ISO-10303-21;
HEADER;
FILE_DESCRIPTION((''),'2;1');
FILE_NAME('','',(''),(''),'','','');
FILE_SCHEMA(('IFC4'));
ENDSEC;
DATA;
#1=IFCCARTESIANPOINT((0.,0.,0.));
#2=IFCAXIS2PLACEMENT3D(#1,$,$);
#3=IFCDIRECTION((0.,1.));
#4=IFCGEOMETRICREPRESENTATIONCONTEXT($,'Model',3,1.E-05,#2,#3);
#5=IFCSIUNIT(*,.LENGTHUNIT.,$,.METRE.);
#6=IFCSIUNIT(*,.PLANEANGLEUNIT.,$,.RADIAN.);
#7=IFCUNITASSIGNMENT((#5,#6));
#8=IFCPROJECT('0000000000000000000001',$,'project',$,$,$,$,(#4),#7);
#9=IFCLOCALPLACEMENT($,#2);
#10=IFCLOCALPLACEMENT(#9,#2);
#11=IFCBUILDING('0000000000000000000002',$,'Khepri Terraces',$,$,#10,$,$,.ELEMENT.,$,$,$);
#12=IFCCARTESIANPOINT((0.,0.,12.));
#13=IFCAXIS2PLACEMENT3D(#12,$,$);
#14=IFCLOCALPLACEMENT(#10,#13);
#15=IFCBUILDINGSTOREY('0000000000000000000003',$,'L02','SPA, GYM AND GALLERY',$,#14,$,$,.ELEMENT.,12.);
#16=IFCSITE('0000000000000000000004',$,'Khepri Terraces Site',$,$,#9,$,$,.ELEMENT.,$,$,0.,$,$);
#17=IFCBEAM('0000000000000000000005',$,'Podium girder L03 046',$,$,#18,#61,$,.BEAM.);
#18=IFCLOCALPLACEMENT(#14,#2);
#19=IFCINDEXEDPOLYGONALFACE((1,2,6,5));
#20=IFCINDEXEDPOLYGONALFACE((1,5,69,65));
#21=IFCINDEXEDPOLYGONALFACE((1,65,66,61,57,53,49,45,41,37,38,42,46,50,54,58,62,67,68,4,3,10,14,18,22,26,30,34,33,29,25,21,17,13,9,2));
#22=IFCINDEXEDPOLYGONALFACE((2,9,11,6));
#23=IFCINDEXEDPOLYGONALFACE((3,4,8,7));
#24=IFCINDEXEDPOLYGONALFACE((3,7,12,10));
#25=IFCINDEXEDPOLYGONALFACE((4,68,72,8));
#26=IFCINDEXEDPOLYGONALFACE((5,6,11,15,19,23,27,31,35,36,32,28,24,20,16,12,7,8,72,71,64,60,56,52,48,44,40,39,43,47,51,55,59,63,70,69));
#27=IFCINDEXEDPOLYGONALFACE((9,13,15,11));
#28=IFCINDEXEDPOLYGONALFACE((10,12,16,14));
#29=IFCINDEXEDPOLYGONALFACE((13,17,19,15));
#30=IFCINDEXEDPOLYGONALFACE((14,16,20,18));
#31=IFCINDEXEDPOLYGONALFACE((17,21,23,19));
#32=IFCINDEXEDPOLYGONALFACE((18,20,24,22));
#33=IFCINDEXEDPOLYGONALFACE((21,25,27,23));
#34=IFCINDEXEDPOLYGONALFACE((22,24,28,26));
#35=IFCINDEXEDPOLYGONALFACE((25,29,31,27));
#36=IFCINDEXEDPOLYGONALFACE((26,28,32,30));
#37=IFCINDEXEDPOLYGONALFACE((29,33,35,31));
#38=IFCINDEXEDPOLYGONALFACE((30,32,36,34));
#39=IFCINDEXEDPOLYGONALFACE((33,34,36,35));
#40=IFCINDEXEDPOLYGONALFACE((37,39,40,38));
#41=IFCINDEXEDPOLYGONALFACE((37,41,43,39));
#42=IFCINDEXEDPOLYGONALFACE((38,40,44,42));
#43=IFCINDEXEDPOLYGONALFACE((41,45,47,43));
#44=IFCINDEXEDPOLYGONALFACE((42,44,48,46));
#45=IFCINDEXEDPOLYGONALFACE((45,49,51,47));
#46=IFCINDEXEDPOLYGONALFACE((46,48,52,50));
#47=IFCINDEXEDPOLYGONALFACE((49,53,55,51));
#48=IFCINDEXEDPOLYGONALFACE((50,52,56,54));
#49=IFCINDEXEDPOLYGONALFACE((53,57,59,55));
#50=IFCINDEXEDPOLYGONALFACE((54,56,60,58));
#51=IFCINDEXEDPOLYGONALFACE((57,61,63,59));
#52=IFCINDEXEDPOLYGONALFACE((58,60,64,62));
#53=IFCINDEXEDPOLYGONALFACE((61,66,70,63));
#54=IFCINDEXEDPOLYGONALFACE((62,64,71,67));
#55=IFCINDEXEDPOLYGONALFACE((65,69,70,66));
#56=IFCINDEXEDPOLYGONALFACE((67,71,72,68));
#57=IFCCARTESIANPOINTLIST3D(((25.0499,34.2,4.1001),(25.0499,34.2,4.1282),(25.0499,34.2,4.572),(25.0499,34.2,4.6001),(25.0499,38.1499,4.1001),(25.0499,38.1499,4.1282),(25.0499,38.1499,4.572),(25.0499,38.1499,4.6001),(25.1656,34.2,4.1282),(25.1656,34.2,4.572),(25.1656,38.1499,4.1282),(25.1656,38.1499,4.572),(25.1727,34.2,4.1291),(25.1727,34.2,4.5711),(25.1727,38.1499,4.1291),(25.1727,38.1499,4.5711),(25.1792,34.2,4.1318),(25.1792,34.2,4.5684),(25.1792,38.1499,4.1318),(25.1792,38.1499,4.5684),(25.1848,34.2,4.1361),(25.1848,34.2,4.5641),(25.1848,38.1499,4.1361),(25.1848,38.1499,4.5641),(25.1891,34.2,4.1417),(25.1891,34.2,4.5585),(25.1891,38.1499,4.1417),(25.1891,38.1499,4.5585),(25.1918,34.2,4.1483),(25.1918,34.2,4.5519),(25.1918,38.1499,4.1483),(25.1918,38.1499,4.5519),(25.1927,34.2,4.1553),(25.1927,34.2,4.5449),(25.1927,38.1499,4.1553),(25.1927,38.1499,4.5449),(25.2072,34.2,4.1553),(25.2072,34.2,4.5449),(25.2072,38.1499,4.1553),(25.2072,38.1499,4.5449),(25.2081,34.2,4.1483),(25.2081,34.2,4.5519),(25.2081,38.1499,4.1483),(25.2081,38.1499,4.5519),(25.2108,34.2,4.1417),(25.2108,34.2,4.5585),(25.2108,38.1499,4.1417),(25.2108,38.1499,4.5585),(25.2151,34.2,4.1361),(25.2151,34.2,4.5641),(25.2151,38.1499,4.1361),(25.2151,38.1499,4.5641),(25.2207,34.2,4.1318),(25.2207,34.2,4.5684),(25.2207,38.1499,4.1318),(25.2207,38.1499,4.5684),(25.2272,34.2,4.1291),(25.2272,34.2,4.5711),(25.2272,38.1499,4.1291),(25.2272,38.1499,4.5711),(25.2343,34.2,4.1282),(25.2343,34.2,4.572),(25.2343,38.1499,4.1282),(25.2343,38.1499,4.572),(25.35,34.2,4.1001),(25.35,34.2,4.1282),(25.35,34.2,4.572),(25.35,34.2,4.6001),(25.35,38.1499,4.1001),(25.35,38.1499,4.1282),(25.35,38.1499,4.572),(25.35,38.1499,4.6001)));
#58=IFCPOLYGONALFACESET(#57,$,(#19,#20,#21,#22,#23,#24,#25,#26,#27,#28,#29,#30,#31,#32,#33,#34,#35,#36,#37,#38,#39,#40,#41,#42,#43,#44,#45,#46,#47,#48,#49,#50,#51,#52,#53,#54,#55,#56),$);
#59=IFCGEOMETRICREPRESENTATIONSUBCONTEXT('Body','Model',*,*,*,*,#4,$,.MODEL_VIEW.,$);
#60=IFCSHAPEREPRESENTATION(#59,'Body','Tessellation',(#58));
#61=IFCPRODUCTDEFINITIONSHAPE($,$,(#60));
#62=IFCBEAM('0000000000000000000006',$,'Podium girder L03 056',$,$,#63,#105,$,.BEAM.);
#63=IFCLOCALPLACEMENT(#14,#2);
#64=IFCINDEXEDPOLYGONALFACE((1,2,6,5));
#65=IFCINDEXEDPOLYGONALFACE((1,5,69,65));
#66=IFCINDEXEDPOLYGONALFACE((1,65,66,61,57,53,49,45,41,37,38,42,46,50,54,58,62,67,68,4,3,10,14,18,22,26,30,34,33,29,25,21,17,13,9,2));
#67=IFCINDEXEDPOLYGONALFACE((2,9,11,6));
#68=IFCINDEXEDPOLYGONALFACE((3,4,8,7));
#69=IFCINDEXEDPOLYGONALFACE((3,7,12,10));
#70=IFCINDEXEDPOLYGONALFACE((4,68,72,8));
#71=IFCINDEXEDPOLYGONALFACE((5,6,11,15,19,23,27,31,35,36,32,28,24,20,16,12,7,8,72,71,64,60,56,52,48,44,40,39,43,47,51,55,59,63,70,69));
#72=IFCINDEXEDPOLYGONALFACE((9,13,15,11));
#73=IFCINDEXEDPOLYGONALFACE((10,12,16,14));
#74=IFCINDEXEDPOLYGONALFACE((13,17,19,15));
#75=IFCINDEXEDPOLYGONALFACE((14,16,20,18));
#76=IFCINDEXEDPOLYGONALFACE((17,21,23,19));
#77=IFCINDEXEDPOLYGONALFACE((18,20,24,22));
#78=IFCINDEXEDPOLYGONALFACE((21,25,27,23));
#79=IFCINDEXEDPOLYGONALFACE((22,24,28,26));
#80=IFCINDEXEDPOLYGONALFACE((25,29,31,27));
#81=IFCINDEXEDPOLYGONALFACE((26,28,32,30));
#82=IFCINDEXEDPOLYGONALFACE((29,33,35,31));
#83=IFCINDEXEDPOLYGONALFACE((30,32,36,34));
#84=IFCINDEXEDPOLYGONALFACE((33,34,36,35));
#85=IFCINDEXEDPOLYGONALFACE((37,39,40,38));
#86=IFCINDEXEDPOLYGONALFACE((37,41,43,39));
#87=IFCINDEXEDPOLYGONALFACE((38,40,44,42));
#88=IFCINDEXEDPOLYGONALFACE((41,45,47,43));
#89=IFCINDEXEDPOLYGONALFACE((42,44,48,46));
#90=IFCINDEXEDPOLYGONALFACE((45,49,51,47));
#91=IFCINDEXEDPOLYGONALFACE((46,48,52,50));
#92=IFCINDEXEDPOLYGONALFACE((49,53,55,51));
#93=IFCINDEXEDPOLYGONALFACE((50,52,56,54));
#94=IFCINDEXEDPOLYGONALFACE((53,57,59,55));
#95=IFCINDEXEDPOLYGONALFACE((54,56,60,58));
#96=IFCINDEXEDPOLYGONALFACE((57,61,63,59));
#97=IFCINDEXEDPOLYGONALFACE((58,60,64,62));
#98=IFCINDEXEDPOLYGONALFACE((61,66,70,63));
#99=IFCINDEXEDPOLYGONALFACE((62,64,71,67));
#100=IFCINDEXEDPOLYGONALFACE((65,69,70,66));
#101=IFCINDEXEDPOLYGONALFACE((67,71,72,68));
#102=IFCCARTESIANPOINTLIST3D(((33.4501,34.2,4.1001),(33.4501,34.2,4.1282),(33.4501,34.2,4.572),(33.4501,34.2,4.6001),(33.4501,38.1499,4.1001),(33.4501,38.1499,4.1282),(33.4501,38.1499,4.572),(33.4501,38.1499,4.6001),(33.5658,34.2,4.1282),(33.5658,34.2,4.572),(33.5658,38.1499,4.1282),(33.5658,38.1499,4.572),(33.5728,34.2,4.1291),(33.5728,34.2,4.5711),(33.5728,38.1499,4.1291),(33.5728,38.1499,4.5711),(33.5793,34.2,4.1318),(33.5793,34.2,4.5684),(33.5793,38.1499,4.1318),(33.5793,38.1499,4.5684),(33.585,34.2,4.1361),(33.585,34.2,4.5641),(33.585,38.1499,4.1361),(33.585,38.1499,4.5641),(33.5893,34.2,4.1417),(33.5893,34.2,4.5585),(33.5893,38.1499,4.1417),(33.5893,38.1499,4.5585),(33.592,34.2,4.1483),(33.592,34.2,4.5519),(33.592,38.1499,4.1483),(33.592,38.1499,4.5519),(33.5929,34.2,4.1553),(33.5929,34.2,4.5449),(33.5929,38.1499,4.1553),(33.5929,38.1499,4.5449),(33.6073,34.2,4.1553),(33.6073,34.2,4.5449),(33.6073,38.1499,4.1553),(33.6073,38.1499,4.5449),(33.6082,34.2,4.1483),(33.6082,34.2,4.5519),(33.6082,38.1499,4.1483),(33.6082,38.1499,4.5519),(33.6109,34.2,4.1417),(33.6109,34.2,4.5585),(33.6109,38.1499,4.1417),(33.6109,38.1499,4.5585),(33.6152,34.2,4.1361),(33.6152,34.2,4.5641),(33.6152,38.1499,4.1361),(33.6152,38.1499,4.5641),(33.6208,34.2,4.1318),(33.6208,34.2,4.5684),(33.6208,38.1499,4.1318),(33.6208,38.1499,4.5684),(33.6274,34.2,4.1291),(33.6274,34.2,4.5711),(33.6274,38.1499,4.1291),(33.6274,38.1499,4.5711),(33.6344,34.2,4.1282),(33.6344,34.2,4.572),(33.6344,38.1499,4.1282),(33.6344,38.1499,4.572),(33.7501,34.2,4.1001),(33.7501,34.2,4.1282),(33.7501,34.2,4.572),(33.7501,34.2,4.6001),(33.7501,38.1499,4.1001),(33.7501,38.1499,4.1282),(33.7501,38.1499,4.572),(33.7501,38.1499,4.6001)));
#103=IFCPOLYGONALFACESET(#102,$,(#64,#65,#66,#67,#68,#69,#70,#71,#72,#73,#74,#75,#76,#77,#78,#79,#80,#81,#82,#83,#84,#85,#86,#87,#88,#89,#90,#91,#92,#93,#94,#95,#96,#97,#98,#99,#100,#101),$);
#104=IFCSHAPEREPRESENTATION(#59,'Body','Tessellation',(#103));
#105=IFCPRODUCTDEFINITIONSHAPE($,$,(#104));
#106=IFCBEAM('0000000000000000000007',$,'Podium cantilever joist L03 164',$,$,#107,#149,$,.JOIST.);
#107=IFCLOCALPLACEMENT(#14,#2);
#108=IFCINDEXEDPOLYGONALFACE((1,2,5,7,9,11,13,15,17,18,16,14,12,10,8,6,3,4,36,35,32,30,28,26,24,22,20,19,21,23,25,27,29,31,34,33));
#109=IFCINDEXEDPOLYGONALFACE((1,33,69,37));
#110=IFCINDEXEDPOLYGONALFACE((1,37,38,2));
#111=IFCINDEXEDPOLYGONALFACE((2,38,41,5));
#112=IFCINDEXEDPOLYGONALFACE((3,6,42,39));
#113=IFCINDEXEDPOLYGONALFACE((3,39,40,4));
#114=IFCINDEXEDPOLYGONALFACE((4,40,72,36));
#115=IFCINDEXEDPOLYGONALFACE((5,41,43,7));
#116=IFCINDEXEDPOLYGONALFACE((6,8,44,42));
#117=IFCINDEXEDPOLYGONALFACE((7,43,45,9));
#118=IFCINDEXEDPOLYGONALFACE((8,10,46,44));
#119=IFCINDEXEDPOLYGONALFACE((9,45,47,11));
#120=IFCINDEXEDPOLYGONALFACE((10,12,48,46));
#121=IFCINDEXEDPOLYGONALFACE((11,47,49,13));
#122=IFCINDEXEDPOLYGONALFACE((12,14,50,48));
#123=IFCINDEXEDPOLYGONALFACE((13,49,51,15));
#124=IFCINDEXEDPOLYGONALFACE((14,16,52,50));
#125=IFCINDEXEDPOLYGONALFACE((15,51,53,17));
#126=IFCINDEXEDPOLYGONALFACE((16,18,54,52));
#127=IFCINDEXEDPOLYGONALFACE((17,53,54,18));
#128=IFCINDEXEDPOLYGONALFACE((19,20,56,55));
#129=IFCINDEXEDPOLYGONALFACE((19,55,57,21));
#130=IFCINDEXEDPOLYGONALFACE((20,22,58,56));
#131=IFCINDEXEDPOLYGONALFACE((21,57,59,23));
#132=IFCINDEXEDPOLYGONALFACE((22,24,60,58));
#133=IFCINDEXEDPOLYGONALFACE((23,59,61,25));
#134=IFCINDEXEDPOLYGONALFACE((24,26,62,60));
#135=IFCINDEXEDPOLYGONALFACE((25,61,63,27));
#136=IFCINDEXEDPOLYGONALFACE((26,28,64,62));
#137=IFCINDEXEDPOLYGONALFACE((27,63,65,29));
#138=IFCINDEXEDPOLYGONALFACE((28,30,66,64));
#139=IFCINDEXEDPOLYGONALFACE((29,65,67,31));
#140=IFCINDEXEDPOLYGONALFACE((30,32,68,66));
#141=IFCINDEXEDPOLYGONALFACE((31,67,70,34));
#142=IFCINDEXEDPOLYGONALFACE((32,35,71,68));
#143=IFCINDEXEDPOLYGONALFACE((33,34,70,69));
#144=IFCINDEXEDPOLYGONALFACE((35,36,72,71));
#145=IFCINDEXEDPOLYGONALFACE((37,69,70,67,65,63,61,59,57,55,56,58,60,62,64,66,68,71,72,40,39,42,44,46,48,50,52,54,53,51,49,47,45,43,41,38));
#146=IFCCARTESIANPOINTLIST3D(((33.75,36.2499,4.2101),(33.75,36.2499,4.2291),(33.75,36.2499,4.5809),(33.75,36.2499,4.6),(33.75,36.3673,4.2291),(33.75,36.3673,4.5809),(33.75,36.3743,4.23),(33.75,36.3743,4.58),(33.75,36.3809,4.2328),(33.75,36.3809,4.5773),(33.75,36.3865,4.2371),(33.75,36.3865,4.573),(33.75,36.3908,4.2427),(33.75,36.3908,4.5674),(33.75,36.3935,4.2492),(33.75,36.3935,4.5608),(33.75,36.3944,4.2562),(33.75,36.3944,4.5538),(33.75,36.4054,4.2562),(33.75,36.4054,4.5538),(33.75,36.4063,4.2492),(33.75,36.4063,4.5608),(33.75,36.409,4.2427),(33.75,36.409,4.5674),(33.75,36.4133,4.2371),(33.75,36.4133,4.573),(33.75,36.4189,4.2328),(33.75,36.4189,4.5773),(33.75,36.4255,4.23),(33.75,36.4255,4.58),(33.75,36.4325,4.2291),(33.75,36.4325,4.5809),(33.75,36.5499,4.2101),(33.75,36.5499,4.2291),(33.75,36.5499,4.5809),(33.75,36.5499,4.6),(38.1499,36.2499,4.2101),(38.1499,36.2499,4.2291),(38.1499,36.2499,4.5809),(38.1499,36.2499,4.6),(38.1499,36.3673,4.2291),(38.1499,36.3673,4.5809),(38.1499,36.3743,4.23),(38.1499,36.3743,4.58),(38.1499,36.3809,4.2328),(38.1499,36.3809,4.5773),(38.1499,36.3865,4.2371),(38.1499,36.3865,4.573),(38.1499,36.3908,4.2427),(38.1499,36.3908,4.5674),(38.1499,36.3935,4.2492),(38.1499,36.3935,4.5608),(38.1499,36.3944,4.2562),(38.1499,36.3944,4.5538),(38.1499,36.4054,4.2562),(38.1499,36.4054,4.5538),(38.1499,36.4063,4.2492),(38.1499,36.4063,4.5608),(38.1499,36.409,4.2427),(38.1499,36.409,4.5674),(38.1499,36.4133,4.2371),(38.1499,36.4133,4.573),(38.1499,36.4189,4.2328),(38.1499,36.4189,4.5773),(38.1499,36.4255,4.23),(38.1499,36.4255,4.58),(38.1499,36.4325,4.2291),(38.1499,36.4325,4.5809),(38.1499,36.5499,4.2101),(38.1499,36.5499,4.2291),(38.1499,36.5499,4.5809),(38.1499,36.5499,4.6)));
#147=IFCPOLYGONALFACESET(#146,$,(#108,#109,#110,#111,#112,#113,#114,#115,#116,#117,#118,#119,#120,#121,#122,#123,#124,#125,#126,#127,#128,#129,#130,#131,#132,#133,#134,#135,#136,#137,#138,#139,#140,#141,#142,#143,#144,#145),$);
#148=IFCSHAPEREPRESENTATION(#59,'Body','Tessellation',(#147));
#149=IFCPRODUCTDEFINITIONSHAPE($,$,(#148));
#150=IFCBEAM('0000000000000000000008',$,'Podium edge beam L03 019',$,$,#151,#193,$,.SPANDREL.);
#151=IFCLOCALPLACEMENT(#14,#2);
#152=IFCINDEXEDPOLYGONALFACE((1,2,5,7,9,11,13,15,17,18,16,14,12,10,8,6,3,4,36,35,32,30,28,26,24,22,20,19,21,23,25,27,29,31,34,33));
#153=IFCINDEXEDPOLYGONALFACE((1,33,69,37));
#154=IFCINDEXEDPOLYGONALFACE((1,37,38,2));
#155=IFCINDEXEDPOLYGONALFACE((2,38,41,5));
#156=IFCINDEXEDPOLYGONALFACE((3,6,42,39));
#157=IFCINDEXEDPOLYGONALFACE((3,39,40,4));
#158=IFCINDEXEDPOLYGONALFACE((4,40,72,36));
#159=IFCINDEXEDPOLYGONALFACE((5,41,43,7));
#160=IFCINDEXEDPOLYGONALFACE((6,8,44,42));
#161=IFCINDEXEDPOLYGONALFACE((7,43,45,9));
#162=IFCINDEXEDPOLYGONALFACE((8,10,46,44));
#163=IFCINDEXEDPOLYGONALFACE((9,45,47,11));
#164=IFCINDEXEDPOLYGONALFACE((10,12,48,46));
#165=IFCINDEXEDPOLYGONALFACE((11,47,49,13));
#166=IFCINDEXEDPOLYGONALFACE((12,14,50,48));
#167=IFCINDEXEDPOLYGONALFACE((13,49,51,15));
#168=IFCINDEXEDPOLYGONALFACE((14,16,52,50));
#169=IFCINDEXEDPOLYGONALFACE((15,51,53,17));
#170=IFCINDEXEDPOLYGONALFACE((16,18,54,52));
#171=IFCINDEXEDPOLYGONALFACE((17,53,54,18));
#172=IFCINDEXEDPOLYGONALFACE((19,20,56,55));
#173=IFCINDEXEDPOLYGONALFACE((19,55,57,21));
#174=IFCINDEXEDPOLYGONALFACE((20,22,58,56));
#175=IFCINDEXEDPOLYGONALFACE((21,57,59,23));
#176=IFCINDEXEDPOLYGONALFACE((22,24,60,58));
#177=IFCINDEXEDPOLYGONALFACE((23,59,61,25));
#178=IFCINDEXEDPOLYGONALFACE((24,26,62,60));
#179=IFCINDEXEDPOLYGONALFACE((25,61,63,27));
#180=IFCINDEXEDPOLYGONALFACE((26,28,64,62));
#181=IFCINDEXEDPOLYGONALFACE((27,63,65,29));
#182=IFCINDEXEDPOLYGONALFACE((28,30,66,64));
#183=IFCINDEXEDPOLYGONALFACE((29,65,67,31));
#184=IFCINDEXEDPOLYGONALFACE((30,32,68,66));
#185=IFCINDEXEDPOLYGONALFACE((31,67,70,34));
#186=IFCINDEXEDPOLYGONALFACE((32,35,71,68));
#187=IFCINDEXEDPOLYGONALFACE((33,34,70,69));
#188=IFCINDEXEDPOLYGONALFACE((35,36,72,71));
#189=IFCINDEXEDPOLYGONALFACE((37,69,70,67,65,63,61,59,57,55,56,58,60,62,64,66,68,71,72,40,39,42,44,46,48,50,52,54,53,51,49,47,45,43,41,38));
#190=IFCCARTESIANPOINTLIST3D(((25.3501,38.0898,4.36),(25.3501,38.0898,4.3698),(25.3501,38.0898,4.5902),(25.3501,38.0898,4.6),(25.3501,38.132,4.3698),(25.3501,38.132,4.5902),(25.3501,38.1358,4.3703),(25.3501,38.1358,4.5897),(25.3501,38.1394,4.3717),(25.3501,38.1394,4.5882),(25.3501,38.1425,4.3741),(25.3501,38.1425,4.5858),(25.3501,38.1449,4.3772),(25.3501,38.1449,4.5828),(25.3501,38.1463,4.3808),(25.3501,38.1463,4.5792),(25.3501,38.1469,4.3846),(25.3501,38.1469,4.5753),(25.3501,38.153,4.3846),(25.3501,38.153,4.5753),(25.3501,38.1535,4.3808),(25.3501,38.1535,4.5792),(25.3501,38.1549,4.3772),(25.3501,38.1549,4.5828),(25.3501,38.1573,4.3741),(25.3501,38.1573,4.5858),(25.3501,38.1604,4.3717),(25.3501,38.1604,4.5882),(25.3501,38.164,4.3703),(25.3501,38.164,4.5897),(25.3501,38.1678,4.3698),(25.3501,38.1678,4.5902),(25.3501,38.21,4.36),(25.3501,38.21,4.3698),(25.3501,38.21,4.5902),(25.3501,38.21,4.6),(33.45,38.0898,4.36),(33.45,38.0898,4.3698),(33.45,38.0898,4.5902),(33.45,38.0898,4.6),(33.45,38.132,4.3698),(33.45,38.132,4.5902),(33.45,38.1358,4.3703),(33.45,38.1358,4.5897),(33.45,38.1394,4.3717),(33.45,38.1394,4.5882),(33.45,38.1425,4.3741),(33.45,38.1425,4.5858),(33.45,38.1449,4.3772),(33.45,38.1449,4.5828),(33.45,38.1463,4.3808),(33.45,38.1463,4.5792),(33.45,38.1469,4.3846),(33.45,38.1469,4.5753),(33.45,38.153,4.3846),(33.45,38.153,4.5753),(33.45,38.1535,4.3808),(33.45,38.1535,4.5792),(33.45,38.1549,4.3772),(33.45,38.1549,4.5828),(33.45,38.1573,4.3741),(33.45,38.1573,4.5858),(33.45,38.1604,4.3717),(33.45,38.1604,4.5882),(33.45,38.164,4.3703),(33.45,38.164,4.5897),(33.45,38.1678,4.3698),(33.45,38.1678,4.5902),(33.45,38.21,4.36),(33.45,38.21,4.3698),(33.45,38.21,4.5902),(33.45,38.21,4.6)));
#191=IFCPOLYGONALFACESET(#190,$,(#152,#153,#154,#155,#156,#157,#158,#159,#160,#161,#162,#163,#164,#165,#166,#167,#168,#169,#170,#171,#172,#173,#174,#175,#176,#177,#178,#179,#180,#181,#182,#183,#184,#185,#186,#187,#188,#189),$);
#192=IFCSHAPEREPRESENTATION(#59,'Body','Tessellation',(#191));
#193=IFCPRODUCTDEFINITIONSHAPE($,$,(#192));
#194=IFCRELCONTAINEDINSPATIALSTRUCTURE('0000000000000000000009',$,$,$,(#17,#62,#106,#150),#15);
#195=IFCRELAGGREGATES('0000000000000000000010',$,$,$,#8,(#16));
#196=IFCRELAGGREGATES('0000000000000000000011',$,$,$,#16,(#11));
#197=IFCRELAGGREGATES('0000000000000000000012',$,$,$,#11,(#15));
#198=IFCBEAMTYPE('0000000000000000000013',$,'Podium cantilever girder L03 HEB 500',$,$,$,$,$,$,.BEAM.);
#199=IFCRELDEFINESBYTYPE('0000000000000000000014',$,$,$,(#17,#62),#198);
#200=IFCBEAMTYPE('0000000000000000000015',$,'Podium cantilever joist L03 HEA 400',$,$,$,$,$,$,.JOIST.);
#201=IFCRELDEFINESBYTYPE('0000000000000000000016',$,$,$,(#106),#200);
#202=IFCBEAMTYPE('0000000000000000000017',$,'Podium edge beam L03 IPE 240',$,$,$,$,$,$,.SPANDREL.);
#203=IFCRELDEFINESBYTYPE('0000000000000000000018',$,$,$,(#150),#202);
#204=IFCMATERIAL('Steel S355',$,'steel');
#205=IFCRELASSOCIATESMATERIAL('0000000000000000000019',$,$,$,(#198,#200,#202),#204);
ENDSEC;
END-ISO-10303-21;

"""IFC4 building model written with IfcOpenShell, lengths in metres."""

from ifc_helpers import new_model, si_unit, direction, frame, origin, origin_2d, place, context, subcontext, project, spatial, i_section, extrude, material, material_profile, profile_set, type_object, element, save


model = new_model("IFC4")

# Units and contexts
model_context = context("Model", 3, precision=1e-05, world=origin(), true_north=direction((0.0, 1.0)))
body_context = subcontext(model_context, "Body", "Model", "MODEL_VIEW")
ifc_project = project(units=[si_unit("LENGTHUNIT", "METRE"), si_unit("PLANEANGLEUNIT", "RADIAN")], contexts=[model_context])

# Site, building, storey
site_placement = place(None, origin())
site = spatial("IfcSite", under=ifc_project, at=site_placement, Name="Khepri Terraces Site", CompositionType="ELEMENT", RefElevation=0.0)
building_placement = place(site_placement, origin())
building = spatial("IfcBuilding", under=site, at=building_placement, Name="Khepri Terraces", CompositionType="ELEMENT")
storey_placement = place(building_placement, frame((0.0, 0.0, 12.0)))
storey = spatial("IfcBuildingStorey", under=building, at=storey_placement, Name="L02", Description="SPA, GYM AND GALLERY", CompositionType="ELEMENT", Elevation=12.0)

# Beams
ifc_material_1 = material(Name="Steel S355", Category="steel")
ifc_material_profile_1 = material_profile(ifc_material_1, i_section(OverallWidth=0.3, OverallDepth=0.5, WebThickness=0.0144, FlangeThickness=0.0281, FilletRadius=0.0271, at=origin_2d()), Name="Steel S355", Category="steel")
ifc_profile_set_1 = profile_set([ifc_material_profile_1], Name="Steel S355")
beam_type_1 = type_object("IfcBeamType", Name="Podium cantilever girder L03 HEB 500", PredefinedType="BEAM", material=ifc_profile_set_1)
for number, where, z_axis, x_axis, name in (
    (1, (25.2, 34.2, 4.3501), (0.0, 1.0, 0.0), (-1.0, 0.0, 0.0), "Podium girder L03 046"),
    (2, (33.6001, 34.2, 4.3501), (0.0, 1.0, 0.0), (-1.0, 0.0, 0.0), "Podium girder L03 056"),
):
    element("IfcBeam", number, at=place(storey_placement, frame(where, z_axis=z_axis, x_axis=x_axis)), inside=storey, type_object=beam_type_1, Name=name, PredefinedType="BEAM", context=body_context, shape_type="SweptSolid", body=[
        extrude(i_section(OverallWidth=0.3, OverallDepth=0.5, WebThickness=0.0144, FlangeThickness=0.0281, FilletRadius=0.0271, at=origin_2d()), origin(), (0.0, 0.0, 1.0), 3.95),
    ])
ifc_material_profile_2 = material_profile(ifc_material_1, i_section(OverallWidth=0.3, OverallDepth=0.3899, WebThickness=0.011, FlangeThickness=0.019, FilletRadius=0.0271, at=origin_2d()), Name="Steel S355", Category="steel")
ifc_profile_set_2 = profile_set([ifc_material_profile_2], Name="Steel S355")
beam_type_2 = type_object("IfcBeamType", Name="Podium cantilever joist L03 HEA 400", PredefinedType="JOIST", material=ifc_profile_set_2)
beam_1_placement = place(storey_placement, frame((33.75, 36.3999, 4.405), z_axis=(1.0, 0.0, 0.0), x_axis=(0.0, 1.0, 0.0)))
element("IfcBeam", 3, at=beam_1_placement, inside=storey, type_object=beam_type_2, Name="Podium cantilever joist L03 164", PredefinedType="JOIST", context=body_context, shape_type="SweptSolid", body=[
    extrude(i_section(OverallWidth=0.3, OverallDepth=0.3899, WebThickness=0.011, FlangeThickness=0.019, FilletRadius=0.0271, at=origin_2d()), origin(), (0.0, 0.0, 1.0), 4.3999),
])
ifc_material_profile_3 = material_profile(ifc_material_1, i_section(OverallWidth=0.1201, OverallDepth=0.24, WebThickness=0.0061, FlangeThickness=0.0098, FilletRadius=0.0149, at=origin_2d()), Name="Steel S355", Category="steel")
ifc_profile_set_3 = profile_set([ifc_material_profile_3], Name="Steel S355")
beam_type_3 = type_object("IfcBeamType", Name="Podium edge beam L03 IPE 240", PredefinedType="SPANDREL", material=ifc_profile_set_3)
beam_2_placement = place(storey_placement, frame((25.3501, 38.1499, 4.48), z_axis=(1.0, 0.0, 0.0), x_axis=(0.0, 1.0, 0.0)))
element("IfcBeam", 4, at=beam_2_placement, inside=storey, type_object=beam_type_3, Name="Podium edge beam L03 019", PredefinedType="SPANDREL", context=body_context, shape_type="SweptSolid", body=[
    extrude(i_section(OverallWidth=0.1201, OverallDepth=0.24, WebThickness=0.0061, FlangeThickness=0.0098, FilletRadius=0.0149, at=origin_2d()), origin(), (0.0, 0.0, 1.0), 8.0999),
])

save(model, "model.ifc")
